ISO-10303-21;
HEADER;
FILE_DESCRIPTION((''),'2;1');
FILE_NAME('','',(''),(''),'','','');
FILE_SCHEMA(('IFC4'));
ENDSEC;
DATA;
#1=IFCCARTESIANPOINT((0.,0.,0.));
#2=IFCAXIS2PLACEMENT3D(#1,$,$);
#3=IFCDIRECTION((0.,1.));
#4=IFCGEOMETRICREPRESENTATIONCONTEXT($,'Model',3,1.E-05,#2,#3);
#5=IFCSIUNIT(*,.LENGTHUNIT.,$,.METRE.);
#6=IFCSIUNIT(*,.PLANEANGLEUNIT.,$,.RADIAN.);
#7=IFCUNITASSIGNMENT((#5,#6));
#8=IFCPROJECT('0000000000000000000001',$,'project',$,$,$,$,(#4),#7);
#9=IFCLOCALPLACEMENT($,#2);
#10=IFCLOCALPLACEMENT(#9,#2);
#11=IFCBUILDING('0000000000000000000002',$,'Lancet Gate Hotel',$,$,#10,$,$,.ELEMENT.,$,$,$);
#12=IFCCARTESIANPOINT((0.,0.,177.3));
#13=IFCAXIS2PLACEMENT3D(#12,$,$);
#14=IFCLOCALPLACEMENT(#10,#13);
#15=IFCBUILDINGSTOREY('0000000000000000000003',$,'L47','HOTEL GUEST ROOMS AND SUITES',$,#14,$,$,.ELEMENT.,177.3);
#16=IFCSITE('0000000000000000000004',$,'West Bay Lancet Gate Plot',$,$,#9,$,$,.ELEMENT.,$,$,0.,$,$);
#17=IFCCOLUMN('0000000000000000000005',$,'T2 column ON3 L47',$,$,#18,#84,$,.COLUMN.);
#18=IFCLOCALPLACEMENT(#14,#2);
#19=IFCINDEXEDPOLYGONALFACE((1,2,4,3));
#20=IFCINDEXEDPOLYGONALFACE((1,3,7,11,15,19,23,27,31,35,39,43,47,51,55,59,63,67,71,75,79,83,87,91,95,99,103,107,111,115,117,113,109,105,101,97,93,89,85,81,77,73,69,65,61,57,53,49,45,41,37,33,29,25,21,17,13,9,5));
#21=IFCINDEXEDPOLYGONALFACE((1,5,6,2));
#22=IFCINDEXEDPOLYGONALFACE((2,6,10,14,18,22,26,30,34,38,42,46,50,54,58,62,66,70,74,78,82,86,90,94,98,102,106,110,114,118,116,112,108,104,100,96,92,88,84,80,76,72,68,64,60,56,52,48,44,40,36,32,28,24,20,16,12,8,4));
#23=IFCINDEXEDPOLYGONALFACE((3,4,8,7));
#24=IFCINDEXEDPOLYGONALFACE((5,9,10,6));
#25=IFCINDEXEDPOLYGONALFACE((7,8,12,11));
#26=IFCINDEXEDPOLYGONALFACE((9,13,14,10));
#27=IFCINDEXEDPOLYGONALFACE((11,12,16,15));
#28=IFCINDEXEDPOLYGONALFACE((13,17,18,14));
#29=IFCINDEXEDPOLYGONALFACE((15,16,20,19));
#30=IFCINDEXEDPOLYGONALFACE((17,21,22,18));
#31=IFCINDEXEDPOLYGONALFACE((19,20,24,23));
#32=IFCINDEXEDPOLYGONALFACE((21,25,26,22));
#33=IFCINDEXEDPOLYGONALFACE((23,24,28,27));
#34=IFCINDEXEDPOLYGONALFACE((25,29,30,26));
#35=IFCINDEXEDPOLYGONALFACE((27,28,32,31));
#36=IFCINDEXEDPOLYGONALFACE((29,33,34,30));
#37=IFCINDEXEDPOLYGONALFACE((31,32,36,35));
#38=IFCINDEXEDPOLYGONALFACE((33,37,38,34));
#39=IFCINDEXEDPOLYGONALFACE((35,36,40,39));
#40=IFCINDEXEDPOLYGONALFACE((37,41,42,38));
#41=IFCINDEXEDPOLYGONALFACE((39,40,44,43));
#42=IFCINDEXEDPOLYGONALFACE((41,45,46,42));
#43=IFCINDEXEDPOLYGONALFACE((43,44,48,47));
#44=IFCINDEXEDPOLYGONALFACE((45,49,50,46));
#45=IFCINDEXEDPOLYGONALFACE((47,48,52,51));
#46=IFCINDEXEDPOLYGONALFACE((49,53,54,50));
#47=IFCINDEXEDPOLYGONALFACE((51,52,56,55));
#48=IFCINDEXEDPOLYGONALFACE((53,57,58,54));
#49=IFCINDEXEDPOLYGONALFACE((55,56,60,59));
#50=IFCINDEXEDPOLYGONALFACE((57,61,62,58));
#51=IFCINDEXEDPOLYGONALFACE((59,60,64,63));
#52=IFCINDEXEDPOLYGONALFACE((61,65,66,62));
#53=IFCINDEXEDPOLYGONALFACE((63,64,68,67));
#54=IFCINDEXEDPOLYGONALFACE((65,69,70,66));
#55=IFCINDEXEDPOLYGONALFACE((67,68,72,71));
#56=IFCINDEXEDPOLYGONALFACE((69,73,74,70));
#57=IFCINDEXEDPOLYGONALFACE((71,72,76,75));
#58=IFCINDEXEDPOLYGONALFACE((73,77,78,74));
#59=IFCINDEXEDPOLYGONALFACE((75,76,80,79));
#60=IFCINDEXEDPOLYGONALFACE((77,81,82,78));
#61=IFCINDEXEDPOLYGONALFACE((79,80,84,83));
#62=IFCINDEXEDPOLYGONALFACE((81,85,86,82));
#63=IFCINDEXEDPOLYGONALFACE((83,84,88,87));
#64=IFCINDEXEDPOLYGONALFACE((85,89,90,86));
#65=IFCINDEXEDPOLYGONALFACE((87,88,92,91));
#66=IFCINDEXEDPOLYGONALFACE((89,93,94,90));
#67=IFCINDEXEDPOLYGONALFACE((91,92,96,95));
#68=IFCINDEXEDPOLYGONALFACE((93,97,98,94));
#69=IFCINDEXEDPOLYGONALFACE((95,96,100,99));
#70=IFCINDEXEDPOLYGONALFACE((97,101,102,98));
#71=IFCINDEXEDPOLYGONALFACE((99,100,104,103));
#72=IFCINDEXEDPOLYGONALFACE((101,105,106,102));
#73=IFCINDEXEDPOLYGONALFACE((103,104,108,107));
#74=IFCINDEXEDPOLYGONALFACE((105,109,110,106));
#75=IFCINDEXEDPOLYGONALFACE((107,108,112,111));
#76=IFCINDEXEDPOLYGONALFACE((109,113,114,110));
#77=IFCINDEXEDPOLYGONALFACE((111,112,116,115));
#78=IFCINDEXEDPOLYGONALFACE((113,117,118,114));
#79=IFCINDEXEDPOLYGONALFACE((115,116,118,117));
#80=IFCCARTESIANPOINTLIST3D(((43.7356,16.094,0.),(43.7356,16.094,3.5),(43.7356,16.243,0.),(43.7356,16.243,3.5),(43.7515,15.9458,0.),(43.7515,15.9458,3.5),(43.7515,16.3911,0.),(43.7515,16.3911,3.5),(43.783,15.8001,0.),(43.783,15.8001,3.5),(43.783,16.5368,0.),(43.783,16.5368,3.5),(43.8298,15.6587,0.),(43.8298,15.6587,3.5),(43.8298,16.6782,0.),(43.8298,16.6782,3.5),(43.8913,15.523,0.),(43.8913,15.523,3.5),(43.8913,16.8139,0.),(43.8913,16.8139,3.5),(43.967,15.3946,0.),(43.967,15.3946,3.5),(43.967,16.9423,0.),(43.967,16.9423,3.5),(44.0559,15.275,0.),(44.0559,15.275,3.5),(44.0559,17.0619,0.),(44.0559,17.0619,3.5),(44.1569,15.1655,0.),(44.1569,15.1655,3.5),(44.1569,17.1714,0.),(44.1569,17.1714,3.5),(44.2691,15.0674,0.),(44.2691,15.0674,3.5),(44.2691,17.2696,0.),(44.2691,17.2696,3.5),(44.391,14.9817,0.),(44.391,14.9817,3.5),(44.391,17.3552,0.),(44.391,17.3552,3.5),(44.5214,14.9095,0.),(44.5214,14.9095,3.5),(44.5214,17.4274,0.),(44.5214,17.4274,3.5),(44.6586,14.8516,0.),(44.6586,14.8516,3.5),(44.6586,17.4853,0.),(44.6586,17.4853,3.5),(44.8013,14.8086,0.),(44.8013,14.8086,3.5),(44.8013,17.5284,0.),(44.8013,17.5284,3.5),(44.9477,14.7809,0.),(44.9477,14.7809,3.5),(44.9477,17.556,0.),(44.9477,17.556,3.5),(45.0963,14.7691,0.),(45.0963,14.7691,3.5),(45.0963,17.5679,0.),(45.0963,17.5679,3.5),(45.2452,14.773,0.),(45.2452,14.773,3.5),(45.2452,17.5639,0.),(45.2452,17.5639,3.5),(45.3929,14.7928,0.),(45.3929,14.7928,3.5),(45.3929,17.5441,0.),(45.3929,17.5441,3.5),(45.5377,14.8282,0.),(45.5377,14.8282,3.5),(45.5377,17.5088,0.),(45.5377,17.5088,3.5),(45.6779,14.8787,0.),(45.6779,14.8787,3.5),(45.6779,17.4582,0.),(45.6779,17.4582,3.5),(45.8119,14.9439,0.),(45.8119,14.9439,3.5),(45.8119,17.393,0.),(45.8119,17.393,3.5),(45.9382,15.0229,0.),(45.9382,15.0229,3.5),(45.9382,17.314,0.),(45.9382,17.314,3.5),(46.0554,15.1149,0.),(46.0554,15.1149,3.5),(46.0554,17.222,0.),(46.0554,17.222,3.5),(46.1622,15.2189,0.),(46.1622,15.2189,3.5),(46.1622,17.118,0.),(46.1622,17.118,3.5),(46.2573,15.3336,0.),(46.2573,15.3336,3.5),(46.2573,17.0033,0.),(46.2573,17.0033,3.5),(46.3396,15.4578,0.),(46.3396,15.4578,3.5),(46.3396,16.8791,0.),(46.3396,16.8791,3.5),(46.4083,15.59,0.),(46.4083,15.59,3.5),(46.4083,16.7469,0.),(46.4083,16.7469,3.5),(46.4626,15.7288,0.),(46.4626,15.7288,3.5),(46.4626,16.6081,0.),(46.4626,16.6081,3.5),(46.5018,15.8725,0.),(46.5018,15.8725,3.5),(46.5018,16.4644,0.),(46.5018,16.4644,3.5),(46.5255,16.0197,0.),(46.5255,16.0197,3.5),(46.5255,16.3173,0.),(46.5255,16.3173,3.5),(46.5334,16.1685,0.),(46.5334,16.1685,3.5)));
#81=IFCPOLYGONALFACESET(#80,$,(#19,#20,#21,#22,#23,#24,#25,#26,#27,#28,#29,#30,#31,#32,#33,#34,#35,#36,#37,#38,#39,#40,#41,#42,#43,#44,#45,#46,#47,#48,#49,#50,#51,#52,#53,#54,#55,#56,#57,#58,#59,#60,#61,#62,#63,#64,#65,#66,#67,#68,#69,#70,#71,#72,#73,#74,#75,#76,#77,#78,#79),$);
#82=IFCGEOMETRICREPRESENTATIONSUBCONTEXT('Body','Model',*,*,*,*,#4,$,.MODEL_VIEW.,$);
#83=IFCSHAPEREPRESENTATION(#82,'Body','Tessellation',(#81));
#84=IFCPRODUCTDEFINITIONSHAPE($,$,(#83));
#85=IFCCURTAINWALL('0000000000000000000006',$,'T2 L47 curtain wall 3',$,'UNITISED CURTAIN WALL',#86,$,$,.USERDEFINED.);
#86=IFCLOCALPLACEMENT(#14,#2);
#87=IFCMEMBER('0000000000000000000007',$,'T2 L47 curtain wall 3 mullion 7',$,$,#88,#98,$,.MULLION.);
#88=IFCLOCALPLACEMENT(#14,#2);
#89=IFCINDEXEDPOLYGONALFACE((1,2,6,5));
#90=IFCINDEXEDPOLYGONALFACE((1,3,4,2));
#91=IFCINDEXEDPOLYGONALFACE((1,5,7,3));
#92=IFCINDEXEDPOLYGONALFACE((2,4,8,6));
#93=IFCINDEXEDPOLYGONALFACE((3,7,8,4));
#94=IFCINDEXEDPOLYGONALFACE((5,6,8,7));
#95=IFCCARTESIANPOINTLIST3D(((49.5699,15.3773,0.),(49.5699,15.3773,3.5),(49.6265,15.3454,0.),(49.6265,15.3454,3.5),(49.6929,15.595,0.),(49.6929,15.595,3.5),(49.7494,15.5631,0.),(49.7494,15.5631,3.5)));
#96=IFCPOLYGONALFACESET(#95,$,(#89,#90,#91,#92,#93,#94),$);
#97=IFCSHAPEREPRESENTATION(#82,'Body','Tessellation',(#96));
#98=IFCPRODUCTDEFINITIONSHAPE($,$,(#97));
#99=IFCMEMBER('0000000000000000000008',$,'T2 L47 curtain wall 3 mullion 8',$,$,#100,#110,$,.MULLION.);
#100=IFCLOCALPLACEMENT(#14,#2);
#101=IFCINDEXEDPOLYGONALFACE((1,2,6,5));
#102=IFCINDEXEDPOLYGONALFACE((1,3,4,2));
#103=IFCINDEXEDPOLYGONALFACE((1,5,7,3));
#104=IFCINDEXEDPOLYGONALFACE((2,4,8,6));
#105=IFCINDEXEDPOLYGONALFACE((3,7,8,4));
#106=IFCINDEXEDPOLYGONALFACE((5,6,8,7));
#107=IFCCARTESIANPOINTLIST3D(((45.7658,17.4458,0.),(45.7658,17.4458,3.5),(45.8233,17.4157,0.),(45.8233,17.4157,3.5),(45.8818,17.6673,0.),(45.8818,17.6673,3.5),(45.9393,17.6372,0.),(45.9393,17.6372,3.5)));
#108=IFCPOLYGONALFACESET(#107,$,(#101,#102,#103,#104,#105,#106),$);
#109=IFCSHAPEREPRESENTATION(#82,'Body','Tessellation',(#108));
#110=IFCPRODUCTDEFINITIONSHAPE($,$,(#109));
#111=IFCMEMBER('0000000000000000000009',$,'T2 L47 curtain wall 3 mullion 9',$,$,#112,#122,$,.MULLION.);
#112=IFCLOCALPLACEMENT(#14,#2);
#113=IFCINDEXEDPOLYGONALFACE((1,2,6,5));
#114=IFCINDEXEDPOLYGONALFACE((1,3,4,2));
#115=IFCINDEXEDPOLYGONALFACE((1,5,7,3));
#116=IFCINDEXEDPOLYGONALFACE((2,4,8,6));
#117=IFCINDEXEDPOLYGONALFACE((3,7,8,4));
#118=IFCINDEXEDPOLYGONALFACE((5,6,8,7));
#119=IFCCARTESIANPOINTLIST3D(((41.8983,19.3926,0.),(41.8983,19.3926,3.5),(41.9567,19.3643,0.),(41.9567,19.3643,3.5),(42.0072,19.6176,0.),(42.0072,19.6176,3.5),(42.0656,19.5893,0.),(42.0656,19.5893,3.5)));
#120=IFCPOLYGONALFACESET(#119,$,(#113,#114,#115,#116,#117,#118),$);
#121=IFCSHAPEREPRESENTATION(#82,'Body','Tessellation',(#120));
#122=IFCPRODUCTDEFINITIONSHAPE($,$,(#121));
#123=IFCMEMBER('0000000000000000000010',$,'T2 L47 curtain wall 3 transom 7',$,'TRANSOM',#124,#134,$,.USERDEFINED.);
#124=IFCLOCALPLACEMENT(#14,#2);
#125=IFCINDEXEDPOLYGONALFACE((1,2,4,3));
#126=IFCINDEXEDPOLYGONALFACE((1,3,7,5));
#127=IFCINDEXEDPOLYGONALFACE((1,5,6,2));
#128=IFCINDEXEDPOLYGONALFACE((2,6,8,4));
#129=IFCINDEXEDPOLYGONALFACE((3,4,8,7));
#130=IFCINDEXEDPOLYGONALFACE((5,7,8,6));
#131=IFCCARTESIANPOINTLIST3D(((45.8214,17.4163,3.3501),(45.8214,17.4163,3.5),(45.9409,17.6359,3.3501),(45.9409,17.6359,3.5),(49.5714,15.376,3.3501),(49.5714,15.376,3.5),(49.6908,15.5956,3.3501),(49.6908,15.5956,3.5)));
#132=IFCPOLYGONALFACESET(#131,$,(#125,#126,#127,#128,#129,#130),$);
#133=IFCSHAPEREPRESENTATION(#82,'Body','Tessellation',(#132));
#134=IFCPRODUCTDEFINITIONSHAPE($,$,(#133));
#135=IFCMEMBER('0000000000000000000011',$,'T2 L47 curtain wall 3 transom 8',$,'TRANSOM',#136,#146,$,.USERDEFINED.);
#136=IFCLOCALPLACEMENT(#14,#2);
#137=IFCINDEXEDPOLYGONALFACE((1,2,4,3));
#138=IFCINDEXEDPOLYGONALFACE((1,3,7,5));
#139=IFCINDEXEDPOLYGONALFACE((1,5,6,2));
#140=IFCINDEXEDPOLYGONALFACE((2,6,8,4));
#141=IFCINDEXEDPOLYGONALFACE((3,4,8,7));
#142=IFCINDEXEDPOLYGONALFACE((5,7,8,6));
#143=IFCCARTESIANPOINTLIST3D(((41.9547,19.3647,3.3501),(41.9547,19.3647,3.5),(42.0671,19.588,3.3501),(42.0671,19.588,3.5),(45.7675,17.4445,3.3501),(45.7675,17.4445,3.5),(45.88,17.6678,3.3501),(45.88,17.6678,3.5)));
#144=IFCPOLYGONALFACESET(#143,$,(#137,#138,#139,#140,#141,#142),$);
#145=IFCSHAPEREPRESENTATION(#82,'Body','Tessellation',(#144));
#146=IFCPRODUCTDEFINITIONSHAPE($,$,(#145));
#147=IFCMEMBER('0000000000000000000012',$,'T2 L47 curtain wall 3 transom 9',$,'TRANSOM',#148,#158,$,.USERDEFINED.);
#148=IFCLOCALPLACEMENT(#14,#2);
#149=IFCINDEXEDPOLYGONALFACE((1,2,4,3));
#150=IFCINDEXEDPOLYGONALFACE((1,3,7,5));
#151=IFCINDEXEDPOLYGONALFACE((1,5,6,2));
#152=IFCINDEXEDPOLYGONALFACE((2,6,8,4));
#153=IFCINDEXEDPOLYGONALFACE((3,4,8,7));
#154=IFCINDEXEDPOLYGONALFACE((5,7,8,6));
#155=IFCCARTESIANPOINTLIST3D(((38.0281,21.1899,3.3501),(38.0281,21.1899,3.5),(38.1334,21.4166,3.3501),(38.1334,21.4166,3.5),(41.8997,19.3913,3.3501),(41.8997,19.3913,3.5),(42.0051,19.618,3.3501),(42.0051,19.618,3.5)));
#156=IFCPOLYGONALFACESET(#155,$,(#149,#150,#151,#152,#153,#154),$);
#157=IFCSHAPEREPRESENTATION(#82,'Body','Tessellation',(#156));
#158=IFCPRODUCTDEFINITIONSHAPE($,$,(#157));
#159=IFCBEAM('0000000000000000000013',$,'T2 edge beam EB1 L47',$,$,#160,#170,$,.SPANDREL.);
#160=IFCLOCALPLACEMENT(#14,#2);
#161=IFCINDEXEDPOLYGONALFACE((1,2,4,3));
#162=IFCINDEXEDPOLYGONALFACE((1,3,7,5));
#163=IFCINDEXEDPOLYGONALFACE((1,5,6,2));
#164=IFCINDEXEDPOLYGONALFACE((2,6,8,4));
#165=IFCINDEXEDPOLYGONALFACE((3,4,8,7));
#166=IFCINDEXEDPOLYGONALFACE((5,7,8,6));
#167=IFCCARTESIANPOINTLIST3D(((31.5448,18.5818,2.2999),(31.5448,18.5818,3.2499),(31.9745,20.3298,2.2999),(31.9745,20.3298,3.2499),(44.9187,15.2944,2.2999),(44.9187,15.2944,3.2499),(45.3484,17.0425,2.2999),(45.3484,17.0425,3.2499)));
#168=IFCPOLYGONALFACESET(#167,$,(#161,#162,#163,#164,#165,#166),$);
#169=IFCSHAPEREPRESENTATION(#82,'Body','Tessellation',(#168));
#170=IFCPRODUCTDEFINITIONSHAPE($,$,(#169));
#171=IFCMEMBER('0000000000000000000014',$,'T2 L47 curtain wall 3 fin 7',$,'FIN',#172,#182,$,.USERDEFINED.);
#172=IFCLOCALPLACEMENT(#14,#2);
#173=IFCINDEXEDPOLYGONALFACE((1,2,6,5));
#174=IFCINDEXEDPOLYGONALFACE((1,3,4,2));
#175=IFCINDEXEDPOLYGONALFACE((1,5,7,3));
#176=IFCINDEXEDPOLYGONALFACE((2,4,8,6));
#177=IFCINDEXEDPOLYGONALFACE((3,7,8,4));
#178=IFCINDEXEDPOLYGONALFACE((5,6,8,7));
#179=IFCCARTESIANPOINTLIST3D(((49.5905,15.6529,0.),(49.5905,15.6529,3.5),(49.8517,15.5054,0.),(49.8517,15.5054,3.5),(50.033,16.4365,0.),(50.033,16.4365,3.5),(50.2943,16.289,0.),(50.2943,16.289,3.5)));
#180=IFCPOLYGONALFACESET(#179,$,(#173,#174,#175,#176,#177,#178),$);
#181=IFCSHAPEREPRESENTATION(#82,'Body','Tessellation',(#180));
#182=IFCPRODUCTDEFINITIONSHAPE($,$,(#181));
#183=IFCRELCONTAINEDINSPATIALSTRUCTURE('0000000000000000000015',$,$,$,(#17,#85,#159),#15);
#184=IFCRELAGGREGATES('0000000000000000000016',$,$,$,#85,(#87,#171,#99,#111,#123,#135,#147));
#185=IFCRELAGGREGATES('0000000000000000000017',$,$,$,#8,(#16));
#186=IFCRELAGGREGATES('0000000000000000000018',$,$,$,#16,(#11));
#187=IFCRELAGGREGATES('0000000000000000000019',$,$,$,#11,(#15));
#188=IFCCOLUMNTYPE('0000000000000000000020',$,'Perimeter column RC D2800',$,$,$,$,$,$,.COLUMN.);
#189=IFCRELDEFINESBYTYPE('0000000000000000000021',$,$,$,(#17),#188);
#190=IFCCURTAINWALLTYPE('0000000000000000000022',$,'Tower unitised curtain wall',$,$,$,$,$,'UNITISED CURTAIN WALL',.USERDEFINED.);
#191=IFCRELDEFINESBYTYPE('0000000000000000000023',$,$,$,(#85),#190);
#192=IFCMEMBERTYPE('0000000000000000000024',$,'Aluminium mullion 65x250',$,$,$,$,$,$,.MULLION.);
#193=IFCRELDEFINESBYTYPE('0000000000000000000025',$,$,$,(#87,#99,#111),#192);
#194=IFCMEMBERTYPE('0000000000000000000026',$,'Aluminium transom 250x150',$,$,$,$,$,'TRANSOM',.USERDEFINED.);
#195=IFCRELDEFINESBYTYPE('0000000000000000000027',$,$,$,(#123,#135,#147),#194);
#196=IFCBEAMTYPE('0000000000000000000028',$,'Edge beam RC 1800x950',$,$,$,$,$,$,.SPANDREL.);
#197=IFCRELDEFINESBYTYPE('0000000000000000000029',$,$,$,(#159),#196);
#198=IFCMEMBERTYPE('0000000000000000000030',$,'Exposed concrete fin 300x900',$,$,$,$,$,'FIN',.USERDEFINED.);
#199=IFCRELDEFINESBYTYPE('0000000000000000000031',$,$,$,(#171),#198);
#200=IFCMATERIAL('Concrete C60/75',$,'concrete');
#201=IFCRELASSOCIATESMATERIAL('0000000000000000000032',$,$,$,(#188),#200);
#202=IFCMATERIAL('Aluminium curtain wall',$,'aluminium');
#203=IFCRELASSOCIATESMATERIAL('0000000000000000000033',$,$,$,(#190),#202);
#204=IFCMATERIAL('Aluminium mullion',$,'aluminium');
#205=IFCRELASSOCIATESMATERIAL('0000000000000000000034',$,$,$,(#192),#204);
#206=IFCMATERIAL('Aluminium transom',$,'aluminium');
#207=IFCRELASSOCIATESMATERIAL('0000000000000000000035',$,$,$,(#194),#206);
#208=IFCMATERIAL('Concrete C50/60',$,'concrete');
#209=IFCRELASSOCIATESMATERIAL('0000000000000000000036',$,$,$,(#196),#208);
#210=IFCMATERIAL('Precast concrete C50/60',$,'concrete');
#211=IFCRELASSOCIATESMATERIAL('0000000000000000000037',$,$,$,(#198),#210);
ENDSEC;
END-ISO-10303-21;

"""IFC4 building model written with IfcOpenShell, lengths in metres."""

from ifc_helpers import new_model, si_unit, direction, frame, origin, origin_2d, place, context, subcontext, project, spatial, rectangle, circle, extrude, material, material_profile, profile_set, type_object, element, aggregate, save


model = new_model("IFC4")

# Units and contexts
model_context = context("Model", 3, precision=1e-05, world=origin(), true_north=direction((0.0, 1.0)))
body_context = subcontext(model_context, "Body", "Model", "MODEL_VIEW")
ifc_project = project(units=[si_unit("LENGTHUNIT", "METRE"), si_unit("PLANEANGLEUNIT", "RADIAN")], contexts=[model_context])

# Site, building, storey
site_placement = place(None, origin())
site = spatial("IfcSite", under=ifc_project, at=site_placement, Name="West Bay Lancet Gate Plot", CompositionType="ELEMENT", RefElevation=0.0)
building_placement = place(site_placement, origin())
building = spatial("IfcBuilding", under=site, at=building_placement, Name="Lancet Gate Hotel", CompositionType="ELEMENT")
storey_placement = place(building_placement, frame((0.0, 0.0, 177.3)))
storey = spatial("IfcBuildingStorey", under=building, at=storey_placement, Name="L47", Description="HOTEL GUEST ROOMS AND SUITES", CompositionType="ELEMENT", Elevation=177.3)

# Column
ifc_material_1 = material(Name="Concrete C60/75", Category="concrete")
ifc_material_profile_1 = material_profile(ifc_material_1, circle(Radius=1.3999, at=origin_2d()), Name="RC D2800")
ifc_profile_set_1 = profile_set([ifc_material_profile_1], Name="Concrete C60/75")
column_type = type_object("IfcColumnType", Name="Perimeter column RC D2800", PredefinedType="COLUMN", material=ifc_profile_set_1)
column_placement = place(storey_placement, frame((45.1335, 16.1685, 0.0), z_axis=(0.0, 0.0, 1.0), x_axis=(1.0, 0.0, 0.0)))
element("IfcColumn", 1, at=column_placement, inside=storey, type_object=column_type, Name="T2 column ON3 L47", PredefinedType="COLUMN", context=body_context, shape_type="SweptSolid", body=[
    extrude(circle(Radius=1.3999, at=origin_2d()), origin(), (0.0, 0.0, 1.0), 3.5),
])

# Curtain wall, members
ifc_material_2 = material(Name="Aluminium curtain wall", Category="aluminium")
curtain_wall_type = type_object("IfcCurtainWallType", Name="Tower unitised curtain wall", ElementType="UNITISED CURTAIN WALL", PredefinedType="USERDEFINED", material=ifc_material_2)
curtain_wall_placement = place(storey_placement, origin())
curtain_wall = element("IfcCurtainWall", 2, at=curtain_wall_placement, inside=storey, type_object=curtain_wall_type, Name="T2 L47 curtain wall 3", ObjectType="UNITISED CURTAIN WALL", PredefinedType="USERDEFINED")
ifc_material_3 = material(Name="Aluminium mullion", Category="aluminium")
ifc_material_profile_2 = material_profile(ifc_material_3, rectangle(XDim=0.0649, YDim=0.25, at=origin_2d()), Name="MULLION 65x250")
ifc_profile_set_2 = profile_set([ifc_material_profile_2], Name="Aluminium mullion")
member_type_1 = type_object("IfcMemberType", Name="Aluminium mullion 65x250", PredefinedType="MULLION", material=ifc_profile_set_2)
member_1_placement = place(storey_placement, frame((49.6597, 15.4702, 0.0), z_axis=(0.0, 0.0, 1.0), x_axis=(-0.870722, 0.491776, 0.0)))
member_1 = element("IfcMember", 3, at=member_1_placement, type_object=member_type_1, Name="T2 L47 curtain wall 3 mullion 7", PredefinedType="MULLION", context=body_context, shape_type="SweptSolid", body=[
    extrude(rectangle(XDim=0.0649, YDim=0.25, at=origin_2d()), origin(), (0.0, 0.0, 1.0), 3.5),
])
member_2_placement = place(storey_placement, frame((45.8525, 17.5415, 0.0), z_axis=(0.0, 0.0, 1.0), x_axis=(-0.885877, 0.46392, 0.0)))
member_2 = element("IfcMember", 4, at=member_2_placement, type_object=member_type_1, Name="T2 L47 curtain wall 3 mullion 8", PredefinedType="MULLION", context=body_context, shape_type="SweptSolid", body=[
    extrude(rectangle(XDim=0.0649, YDim=0.25, at=origin_2d()), origin(), (0.0, 0.0, 1.0), 3.5),
])
member_3_placement = place(storey_placement, frame((41.9819, 19.491, 0.0), z_axis=(0.0, 0.0, 1.0), x_axis=(-0.900141, 0.435598, 0.0)))
member_3 = element("IfcMember", 5, at=member_3_placement, type_object=member_type_1, Name="T2 L47 curtain wall 3 mullion 9", PredefinedType="MULLION", context=body_context, shape_type="SweptSolid", body=[
    extrude(rectangle(XDim=0.0649, YDim=0.25, at=origin_2d()), origin(), (0.0, 0.0, 1.0), 3.5),
])
ifc_material_4 = material(Name="Aluminium transom", Category="aluminium")
ifc_material_profile_3 = material_profile(ifc_material_4, rectangle(XDim=0.25, YDim=0.1499, at=origin_2d()), Name="TRANSOM 250x150")
ifc_profile_set_3 = profile_set([ifc_material_profile_3], Name="Aluminium transom")
member_type_2 = type_object("IfcMemberType", Name="Aluminium transom 250x150", ElementType="TRANSOM", PredefinedType="USERDEFINED", material=ifc_profile_set_3)
member_4_placement = place(storey_placement, frame((49.6311, 15.4858, 3.425), z_axis=(-0.878404, 0.477918, 0.0), x_axis=(-0.477918, -0.878404, 0.0)))
member_4 = element("IfcMember", 6, at=member_4_placement, type_object=member_type_2, Name="T2 L47 curtain wall 3 transom 7", ObjectType="TRANSOM", PredefinedType="USERDEFINED", context=body_context, shape_type="SweptSolid", body=[
    extrude(rectangle(XDim=0.25, YDim=0.1499, at=origin_2d()), origin(), (0.0, 0.0, 1.0), 4.269),
])
member_5_placement = place(storey_placement, frame((45.8237, 17.5562, 3.425), z_axis=(-0.893131, 0.449797, 0.0), x_axis=(-0.449797, -0.893131, 0.0)))
member_5 = element("IfcMember", 7, at=member_5_placement, type_object=member_type_2, Name="T2 L47 curtain wall 3 transom 8", ObjectType="TRANSOM", PredefinedType="USERDEFINED", context=body_context, shape_type="SweptSolid", body=[
    extrude(rectangle(XDim=0.25, YDim=0.1499, at=origin_2d()), origin(), (0.0, 0.0, 1.0), 4.269),
])
member_6_placement = place(storey_placement, frame((41.9524, 19.5046, 3.425), z_axis=(-0.906914, 0.421316, 0.0), x_axis=(-0.421316, -0.906914, 0.0)))
member_6 = element("IfcMember", 8, at=member_6_placement, type_object=member_type_2, Name="T2 L47 curtain wall 3 transom 9", ObjectType="TRANSOM", PredefinedType="USERDEFINED", context=body_context, shape_type="SweptSolid", body=[
    extrude(rectangle(XDim=0.25, YDim=0.1499, at=origin_2d()), origin(), (0.0, 0.0, 1.0), 4.269),
])

# Beam
ifc_material_5 = material(Name="Concrete C50/60", Category="concrete")
ifc_material_profile_4 = material_profile(ifc_material_5, rectangle(XDim=1.8, YDim=0.95, at=origin_2d()), Name="RC 1800x950")
ifc_profile_set_4 = profile_set([ifc_material_profile_4], Name="Concrete C50/60")
beam_type_1 = type_object("IfcBeamType", Name="Edge beam RC 1800x950", PredefinedType="SPANDREL", material=ifc_profile_set_4)
beam_1_placement = place(storey_placement, frame((45.1335, 16.1685, 2.7749), z_axis=(-0.971093, 0.2387, 0.0), x_axis=(-0.2387, -0.971093, 0.0)))
element("IfcBeam", 9, at=beam_1_placement, inside=storey, type_object=beam_type_1, Name="T2 edge beam EB1 L47", PredefinedType="SPANDREL", context=body_context, shape_type="SweptSolid", body=[
    extrude(rectangle(XDim=1.8, YDim=0.95, at=origin_2d()), origin(), (0.0, 0.0, 1.0), 13.772),
])

# Member
ifc_material_6 = material(Name="Precast concrete C50/60", Category="concrete")
ifc_material_profile_5 = material_profile(ifc_material_6, rectangle(XDim=0.3, YDim=0.8999, at=origin_2d()), Name="FIN 300x900")
ifc_profile_set_5 = profile_set([ifc_material_profile_5], Name="Precast concrete C50/60")
member_type_3 = type_object("IfcMemberType", Name="Exposed concrete fin 300x900", ElementType="FIN", PredefinedType="USERDEFINED", material=ifc_profile_set_5)
member_7_placement = place(storey_placement, frame((49.9424, 15.9709, 0.0), z_axis=(0.0, 0.0, 1.0), x_axis=(-0.870722, 0.491776, 0.0)))
member_7 = element("IfcMember", 10, at=member_7_placement, type_object=member_type_3, Name="T2 L47 curtain wall 3 fin 7", ObjectType="FIN", PredefinedType="USERDEFINED", context=body_context, shape_type="SweptSolid", body=[
    extrude(rectangle(XDim=0.3, YDim=0.8999, at=origin_2d()), origin(), (0.0, 0.0, 1.0), 3.5),
])

aggregate(curtain_wall, [member_1, member_7, member_2, member_3, member_4, member_5, member_6])

save(model, "model.ifc")
